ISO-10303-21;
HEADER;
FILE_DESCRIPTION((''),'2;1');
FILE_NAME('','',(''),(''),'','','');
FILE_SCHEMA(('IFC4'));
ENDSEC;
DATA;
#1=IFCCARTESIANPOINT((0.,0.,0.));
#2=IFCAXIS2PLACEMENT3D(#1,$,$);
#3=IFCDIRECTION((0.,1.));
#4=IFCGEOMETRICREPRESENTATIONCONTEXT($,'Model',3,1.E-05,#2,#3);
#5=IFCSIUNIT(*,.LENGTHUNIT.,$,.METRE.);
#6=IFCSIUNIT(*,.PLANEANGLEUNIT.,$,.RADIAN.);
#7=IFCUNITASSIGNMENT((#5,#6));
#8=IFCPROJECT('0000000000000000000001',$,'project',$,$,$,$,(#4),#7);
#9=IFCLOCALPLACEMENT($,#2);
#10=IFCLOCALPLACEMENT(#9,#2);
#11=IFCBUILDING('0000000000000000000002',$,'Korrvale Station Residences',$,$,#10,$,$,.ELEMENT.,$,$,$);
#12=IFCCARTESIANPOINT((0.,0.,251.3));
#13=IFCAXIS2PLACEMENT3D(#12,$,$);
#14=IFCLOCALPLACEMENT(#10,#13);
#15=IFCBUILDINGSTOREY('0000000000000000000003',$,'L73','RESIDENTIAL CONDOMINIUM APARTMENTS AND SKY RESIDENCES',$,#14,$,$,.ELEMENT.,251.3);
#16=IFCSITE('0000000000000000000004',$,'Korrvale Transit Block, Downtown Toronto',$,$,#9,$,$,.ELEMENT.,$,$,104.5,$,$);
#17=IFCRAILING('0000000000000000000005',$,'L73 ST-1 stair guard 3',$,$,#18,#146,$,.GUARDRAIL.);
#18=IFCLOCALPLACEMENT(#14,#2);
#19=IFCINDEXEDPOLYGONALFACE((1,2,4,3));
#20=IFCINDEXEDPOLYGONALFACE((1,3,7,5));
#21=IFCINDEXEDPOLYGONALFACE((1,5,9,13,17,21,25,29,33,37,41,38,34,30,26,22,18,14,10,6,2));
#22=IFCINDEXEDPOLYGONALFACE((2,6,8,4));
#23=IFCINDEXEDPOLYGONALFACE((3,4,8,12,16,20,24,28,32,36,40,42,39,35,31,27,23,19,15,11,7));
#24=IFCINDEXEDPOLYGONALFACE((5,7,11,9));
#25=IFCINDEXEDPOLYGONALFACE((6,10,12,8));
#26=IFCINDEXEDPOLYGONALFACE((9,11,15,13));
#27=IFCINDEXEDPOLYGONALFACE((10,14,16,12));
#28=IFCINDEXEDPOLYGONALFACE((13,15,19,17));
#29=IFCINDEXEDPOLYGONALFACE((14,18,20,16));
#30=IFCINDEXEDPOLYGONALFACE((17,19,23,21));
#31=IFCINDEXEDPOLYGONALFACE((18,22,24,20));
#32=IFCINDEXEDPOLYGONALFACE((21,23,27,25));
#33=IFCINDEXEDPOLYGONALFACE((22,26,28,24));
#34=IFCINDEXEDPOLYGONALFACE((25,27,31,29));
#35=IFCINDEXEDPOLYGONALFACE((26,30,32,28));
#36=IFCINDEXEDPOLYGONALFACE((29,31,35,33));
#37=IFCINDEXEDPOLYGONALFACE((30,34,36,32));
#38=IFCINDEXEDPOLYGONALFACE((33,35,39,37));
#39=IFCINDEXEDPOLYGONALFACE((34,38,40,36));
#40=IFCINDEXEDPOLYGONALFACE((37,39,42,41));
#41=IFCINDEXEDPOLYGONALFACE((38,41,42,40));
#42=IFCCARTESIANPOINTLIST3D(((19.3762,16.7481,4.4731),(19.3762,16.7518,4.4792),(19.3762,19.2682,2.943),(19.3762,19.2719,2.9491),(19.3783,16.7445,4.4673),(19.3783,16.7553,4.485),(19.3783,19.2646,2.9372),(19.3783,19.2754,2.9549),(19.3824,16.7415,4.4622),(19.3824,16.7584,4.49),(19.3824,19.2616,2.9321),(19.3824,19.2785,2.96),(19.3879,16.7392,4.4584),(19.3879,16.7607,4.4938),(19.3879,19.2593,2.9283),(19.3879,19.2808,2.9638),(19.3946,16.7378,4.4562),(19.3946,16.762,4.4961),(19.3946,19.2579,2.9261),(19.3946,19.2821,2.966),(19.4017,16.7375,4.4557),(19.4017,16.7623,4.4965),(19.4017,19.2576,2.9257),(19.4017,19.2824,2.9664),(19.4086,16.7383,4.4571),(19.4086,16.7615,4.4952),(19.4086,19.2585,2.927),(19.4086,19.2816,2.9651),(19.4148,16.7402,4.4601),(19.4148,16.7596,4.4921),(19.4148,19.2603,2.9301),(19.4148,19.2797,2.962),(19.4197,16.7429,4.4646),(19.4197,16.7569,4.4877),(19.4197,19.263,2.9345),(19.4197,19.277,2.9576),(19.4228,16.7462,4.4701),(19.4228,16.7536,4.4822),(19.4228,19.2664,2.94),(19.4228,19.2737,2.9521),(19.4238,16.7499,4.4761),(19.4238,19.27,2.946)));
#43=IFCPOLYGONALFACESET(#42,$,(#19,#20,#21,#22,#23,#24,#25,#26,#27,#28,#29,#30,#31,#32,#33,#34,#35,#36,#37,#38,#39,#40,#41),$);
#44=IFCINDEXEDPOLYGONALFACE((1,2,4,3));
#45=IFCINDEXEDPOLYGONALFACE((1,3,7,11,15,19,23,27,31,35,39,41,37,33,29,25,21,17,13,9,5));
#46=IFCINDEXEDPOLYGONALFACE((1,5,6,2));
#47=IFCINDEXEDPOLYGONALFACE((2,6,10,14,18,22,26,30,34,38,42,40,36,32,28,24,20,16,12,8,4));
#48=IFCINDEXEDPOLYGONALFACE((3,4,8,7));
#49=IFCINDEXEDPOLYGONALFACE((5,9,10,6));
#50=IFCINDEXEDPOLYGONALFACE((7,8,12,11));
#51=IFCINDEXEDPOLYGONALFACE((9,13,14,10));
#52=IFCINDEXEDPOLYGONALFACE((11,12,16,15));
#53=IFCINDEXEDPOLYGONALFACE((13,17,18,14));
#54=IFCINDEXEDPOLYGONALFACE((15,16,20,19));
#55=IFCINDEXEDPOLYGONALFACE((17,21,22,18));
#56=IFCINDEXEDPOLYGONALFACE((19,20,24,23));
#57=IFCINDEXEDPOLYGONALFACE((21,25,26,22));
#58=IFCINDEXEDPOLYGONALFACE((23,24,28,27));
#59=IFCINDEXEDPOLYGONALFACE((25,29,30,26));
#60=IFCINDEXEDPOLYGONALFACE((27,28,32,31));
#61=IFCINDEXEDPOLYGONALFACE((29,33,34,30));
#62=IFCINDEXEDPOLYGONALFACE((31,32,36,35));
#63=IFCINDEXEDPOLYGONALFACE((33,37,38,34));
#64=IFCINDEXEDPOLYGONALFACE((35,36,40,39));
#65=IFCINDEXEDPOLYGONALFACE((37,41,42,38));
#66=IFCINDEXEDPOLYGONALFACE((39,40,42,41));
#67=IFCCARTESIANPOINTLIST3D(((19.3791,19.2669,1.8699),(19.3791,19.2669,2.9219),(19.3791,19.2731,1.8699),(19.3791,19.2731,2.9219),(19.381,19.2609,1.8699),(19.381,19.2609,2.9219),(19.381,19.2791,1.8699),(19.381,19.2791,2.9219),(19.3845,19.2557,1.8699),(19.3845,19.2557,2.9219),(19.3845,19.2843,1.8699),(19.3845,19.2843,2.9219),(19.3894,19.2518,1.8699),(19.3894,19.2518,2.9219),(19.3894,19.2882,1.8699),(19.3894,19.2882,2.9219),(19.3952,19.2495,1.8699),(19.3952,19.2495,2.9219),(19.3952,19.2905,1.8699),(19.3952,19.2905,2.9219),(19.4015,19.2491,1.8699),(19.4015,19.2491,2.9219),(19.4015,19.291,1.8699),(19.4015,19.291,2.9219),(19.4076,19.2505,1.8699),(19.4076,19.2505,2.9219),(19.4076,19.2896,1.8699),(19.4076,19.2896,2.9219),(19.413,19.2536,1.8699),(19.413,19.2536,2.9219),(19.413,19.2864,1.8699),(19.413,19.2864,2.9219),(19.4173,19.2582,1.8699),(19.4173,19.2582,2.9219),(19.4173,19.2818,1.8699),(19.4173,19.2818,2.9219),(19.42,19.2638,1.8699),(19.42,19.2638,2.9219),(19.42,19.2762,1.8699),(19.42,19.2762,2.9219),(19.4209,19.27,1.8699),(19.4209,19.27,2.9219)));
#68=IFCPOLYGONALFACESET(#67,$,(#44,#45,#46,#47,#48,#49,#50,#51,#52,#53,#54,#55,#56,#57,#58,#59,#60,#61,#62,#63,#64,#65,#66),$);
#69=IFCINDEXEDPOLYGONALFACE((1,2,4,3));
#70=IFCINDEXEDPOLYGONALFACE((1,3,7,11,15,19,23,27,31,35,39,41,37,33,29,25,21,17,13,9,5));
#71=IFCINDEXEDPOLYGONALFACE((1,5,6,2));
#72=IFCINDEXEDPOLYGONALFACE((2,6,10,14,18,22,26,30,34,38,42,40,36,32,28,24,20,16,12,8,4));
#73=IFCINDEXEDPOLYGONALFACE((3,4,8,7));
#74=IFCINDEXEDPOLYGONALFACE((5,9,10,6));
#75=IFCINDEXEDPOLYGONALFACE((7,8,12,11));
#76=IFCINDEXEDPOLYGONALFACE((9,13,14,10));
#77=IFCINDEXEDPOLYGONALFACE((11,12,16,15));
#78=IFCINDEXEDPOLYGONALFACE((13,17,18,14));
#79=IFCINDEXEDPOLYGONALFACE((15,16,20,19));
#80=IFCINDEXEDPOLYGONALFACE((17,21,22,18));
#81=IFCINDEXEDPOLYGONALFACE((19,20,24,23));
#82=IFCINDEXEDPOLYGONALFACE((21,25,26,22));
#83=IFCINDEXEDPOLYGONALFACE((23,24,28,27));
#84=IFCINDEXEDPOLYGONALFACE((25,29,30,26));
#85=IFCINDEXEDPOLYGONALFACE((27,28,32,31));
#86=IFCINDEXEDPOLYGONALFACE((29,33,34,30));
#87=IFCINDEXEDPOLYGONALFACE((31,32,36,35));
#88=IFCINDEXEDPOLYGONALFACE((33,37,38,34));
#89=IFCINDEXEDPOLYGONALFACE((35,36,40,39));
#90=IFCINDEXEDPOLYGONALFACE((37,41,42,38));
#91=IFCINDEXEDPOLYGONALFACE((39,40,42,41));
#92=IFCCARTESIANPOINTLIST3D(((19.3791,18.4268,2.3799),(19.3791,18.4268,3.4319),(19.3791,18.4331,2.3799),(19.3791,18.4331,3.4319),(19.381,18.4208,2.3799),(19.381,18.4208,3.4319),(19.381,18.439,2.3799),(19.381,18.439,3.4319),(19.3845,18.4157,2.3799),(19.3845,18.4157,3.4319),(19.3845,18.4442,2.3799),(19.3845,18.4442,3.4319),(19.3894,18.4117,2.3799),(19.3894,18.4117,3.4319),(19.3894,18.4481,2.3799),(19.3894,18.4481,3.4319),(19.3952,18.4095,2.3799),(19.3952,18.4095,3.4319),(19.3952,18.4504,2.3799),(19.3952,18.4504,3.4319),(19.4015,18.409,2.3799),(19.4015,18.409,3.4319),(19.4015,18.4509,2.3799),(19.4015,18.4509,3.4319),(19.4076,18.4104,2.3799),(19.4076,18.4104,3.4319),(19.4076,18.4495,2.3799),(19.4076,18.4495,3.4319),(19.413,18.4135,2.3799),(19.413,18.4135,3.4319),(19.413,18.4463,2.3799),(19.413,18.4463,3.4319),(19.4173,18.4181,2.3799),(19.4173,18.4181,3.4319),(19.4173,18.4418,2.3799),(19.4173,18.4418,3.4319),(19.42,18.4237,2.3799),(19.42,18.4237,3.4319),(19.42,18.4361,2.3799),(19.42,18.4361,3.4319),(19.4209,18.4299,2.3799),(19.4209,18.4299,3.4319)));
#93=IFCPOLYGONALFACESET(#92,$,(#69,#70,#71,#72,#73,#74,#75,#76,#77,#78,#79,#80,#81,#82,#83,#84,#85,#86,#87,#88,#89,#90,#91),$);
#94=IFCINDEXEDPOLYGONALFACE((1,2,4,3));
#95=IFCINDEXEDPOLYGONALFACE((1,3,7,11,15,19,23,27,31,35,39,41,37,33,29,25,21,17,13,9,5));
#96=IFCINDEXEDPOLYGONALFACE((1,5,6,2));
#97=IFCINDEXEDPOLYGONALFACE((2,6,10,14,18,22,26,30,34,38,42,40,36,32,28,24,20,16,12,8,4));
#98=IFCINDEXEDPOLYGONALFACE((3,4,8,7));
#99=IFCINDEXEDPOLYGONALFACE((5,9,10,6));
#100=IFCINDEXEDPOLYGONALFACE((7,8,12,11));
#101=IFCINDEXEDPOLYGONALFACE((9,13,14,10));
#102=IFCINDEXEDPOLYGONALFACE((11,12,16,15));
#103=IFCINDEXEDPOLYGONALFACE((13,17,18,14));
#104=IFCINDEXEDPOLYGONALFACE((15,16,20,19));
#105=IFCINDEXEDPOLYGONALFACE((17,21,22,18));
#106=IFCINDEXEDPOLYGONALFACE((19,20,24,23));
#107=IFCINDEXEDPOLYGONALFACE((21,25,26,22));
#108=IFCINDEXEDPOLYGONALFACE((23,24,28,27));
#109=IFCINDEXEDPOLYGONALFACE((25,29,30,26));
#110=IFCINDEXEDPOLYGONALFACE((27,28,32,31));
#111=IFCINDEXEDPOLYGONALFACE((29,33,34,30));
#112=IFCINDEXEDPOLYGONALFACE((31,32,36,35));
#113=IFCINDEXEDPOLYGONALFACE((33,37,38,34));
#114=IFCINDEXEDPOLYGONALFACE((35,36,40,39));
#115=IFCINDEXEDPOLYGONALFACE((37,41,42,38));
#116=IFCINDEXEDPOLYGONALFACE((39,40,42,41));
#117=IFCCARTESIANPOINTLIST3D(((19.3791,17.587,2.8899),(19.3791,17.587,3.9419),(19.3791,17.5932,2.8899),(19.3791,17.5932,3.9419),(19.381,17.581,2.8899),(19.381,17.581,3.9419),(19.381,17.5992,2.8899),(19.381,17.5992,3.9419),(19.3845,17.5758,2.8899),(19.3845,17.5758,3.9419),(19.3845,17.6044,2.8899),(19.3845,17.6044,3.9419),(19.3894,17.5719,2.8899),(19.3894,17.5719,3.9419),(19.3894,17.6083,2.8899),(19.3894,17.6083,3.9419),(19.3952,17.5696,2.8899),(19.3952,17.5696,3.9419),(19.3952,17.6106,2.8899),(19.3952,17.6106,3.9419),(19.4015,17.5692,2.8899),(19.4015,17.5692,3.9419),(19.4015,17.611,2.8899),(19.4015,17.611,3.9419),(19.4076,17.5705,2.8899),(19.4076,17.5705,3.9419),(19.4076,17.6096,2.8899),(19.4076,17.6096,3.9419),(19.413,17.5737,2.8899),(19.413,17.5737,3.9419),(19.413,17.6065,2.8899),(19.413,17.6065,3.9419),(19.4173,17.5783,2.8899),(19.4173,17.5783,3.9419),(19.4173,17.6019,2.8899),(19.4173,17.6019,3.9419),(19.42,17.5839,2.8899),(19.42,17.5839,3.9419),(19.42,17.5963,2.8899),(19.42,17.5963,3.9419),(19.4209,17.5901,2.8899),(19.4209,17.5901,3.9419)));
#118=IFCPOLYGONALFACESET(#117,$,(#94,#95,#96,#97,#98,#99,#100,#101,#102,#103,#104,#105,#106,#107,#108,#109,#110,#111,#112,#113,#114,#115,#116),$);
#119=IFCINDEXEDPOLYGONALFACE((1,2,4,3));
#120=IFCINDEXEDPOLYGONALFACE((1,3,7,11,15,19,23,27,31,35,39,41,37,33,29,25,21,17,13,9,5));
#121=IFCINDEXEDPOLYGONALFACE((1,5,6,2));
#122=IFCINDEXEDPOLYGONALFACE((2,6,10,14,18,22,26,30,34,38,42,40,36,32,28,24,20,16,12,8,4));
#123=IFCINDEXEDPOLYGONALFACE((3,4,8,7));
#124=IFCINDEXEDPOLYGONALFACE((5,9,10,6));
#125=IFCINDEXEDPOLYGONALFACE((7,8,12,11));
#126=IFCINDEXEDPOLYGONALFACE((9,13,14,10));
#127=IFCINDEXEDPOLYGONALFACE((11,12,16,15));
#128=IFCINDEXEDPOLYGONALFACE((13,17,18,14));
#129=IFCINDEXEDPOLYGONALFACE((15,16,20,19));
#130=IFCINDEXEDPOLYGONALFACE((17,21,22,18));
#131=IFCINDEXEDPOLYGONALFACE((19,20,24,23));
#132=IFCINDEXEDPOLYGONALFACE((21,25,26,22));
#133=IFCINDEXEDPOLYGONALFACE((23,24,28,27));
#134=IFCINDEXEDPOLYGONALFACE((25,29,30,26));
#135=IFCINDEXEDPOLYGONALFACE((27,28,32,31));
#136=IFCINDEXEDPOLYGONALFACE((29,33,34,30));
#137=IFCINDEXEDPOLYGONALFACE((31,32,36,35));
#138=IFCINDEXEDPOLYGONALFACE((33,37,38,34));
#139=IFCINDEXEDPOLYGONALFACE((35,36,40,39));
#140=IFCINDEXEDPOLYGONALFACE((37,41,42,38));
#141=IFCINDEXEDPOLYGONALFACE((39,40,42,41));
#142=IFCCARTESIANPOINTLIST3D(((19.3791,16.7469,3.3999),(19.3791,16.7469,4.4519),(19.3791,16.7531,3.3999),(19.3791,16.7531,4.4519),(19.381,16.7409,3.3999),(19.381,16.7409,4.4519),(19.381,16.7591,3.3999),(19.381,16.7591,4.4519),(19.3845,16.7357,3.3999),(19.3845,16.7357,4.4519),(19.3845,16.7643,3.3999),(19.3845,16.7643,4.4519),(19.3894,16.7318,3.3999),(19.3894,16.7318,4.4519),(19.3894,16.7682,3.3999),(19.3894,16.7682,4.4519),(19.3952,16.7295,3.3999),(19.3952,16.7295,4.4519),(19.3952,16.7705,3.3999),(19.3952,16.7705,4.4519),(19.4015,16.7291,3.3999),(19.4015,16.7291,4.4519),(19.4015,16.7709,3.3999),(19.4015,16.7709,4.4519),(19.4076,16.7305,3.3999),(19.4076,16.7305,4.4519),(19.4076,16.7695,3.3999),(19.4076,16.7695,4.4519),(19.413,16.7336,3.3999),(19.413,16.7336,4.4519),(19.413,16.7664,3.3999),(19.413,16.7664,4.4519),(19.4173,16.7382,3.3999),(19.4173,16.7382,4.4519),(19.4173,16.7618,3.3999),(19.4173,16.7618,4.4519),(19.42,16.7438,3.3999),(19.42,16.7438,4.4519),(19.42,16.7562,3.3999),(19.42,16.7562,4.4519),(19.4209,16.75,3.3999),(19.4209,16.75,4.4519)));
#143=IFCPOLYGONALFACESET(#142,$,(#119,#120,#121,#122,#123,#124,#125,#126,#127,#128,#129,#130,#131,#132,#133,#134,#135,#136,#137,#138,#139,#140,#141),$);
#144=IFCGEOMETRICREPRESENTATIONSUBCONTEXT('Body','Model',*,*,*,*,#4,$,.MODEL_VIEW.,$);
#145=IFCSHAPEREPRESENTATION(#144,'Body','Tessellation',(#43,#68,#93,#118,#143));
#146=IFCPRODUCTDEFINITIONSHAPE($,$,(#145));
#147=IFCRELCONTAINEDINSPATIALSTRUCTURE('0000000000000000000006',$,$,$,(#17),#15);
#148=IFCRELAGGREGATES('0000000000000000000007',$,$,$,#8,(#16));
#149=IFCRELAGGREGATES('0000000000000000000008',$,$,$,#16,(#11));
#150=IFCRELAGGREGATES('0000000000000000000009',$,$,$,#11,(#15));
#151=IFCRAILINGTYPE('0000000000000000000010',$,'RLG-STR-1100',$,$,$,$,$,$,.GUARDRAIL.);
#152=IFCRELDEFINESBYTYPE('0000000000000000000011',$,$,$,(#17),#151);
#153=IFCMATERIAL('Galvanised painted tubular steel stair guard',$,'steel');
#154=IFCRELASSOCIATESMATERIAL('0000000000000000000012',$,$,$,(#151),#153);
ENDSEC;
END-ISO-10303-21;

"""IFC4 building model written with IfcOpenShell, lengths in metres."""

from ifc_helpers import new_model, si_unit, direction, frame, origin, origin_2d, place, context, subcontext, project, spatial, circle, extrude, material, type_object, element, save


model = new_model("IFC4")

# Units and contexts
model_context = context("Model", 3, precision=1e-05, world=origin(), true_north=direction((0.0, 1.0)))
body_context = subcontext(model_context, "Body", "Model", "MODEL_VIEW")
ifc_project = project(units=[si_unit("LENGTHUNIT", "METRE"), si_unit("PLANEANGLEUNIT", "RADIAN")], contexts=[model_context])

# Site, building, storey
site_placement = place(None, origin())
site = spatial("IfcSite", under=ifc_project, at=site_placement, Name="Korrvale Transit Block, Downtown Toronto", CompositionType="ELEMENT", RefElevation=104.5)
building_placement = place(site_placement, origin())
building = spatial("IfcBuilding", under=site, at=building_placement, Name="Korrvale Station Residences", CompositionType="ELEMENT")
storey_placement = place(building_placement, frame((0.0, 0.0, 251.3)))
storey = spatial("IfcBuildingStorey", under=building, at=storey_placement, Name="L73", Description="RESIDENTIAL CONDOMINIUM APARTMENTS AND SKY RESIDENCES", CompositionType="ELEMENT", Elevation=251.3)

# Railing
ifc_material_1 = material(Name="Galvanised painted tubular steel stair guard", Category="steel")
railing_type_1 = type_object("IfcRailingType", Name="RLG-STR-1100", PredefinedType="GUARDRAIL", material=ifc_material_1)
railing_1_placement = place(storey_placement, frame((19.3999, 19.27, 1.8699)))
element("IfcRailing", 1, at=railing_1_placement, inside=storey, type_object=railing_type_1, Name="L73 ST-1 stair guard 3", PredefinedType="GUARDRAIL", context=body_context, shape_type="SweptSolid", body=[
    extrude(circle(Radius=0.0239, at=origin_2d()), frame((0.0, 0.0, 1.0762), z_axis=(0.0, -0.854785, 0.518982), x_axis=(1.0, 0.0, 0.0)), (0.0, 0.0, 1.0), 2.9482),
    extrude(circle(Radius=0.021, at=origin_2d()), origin(), (0.0, 0.0, 1.0), 1.052),
    extrude(circle(Radius=0.021, at=origin_2d()), frame((0.0, -0.8401, 0.51)), (0.0, 0.0, 1.0), 1.052),
    extrude(circle(Radius=0.021, at=origin_2d()), frame((0.0, -1.6799, 1.02)), (0.0, 0.0, 1.0), 1.052),
    extrude(circle(Radius=0.021, at=origin_2d()), frame((0.0, -2.52, 1.53)), (0.0, 0.0, 1.0), 1.052),
])

save(model, "model.ifc")
